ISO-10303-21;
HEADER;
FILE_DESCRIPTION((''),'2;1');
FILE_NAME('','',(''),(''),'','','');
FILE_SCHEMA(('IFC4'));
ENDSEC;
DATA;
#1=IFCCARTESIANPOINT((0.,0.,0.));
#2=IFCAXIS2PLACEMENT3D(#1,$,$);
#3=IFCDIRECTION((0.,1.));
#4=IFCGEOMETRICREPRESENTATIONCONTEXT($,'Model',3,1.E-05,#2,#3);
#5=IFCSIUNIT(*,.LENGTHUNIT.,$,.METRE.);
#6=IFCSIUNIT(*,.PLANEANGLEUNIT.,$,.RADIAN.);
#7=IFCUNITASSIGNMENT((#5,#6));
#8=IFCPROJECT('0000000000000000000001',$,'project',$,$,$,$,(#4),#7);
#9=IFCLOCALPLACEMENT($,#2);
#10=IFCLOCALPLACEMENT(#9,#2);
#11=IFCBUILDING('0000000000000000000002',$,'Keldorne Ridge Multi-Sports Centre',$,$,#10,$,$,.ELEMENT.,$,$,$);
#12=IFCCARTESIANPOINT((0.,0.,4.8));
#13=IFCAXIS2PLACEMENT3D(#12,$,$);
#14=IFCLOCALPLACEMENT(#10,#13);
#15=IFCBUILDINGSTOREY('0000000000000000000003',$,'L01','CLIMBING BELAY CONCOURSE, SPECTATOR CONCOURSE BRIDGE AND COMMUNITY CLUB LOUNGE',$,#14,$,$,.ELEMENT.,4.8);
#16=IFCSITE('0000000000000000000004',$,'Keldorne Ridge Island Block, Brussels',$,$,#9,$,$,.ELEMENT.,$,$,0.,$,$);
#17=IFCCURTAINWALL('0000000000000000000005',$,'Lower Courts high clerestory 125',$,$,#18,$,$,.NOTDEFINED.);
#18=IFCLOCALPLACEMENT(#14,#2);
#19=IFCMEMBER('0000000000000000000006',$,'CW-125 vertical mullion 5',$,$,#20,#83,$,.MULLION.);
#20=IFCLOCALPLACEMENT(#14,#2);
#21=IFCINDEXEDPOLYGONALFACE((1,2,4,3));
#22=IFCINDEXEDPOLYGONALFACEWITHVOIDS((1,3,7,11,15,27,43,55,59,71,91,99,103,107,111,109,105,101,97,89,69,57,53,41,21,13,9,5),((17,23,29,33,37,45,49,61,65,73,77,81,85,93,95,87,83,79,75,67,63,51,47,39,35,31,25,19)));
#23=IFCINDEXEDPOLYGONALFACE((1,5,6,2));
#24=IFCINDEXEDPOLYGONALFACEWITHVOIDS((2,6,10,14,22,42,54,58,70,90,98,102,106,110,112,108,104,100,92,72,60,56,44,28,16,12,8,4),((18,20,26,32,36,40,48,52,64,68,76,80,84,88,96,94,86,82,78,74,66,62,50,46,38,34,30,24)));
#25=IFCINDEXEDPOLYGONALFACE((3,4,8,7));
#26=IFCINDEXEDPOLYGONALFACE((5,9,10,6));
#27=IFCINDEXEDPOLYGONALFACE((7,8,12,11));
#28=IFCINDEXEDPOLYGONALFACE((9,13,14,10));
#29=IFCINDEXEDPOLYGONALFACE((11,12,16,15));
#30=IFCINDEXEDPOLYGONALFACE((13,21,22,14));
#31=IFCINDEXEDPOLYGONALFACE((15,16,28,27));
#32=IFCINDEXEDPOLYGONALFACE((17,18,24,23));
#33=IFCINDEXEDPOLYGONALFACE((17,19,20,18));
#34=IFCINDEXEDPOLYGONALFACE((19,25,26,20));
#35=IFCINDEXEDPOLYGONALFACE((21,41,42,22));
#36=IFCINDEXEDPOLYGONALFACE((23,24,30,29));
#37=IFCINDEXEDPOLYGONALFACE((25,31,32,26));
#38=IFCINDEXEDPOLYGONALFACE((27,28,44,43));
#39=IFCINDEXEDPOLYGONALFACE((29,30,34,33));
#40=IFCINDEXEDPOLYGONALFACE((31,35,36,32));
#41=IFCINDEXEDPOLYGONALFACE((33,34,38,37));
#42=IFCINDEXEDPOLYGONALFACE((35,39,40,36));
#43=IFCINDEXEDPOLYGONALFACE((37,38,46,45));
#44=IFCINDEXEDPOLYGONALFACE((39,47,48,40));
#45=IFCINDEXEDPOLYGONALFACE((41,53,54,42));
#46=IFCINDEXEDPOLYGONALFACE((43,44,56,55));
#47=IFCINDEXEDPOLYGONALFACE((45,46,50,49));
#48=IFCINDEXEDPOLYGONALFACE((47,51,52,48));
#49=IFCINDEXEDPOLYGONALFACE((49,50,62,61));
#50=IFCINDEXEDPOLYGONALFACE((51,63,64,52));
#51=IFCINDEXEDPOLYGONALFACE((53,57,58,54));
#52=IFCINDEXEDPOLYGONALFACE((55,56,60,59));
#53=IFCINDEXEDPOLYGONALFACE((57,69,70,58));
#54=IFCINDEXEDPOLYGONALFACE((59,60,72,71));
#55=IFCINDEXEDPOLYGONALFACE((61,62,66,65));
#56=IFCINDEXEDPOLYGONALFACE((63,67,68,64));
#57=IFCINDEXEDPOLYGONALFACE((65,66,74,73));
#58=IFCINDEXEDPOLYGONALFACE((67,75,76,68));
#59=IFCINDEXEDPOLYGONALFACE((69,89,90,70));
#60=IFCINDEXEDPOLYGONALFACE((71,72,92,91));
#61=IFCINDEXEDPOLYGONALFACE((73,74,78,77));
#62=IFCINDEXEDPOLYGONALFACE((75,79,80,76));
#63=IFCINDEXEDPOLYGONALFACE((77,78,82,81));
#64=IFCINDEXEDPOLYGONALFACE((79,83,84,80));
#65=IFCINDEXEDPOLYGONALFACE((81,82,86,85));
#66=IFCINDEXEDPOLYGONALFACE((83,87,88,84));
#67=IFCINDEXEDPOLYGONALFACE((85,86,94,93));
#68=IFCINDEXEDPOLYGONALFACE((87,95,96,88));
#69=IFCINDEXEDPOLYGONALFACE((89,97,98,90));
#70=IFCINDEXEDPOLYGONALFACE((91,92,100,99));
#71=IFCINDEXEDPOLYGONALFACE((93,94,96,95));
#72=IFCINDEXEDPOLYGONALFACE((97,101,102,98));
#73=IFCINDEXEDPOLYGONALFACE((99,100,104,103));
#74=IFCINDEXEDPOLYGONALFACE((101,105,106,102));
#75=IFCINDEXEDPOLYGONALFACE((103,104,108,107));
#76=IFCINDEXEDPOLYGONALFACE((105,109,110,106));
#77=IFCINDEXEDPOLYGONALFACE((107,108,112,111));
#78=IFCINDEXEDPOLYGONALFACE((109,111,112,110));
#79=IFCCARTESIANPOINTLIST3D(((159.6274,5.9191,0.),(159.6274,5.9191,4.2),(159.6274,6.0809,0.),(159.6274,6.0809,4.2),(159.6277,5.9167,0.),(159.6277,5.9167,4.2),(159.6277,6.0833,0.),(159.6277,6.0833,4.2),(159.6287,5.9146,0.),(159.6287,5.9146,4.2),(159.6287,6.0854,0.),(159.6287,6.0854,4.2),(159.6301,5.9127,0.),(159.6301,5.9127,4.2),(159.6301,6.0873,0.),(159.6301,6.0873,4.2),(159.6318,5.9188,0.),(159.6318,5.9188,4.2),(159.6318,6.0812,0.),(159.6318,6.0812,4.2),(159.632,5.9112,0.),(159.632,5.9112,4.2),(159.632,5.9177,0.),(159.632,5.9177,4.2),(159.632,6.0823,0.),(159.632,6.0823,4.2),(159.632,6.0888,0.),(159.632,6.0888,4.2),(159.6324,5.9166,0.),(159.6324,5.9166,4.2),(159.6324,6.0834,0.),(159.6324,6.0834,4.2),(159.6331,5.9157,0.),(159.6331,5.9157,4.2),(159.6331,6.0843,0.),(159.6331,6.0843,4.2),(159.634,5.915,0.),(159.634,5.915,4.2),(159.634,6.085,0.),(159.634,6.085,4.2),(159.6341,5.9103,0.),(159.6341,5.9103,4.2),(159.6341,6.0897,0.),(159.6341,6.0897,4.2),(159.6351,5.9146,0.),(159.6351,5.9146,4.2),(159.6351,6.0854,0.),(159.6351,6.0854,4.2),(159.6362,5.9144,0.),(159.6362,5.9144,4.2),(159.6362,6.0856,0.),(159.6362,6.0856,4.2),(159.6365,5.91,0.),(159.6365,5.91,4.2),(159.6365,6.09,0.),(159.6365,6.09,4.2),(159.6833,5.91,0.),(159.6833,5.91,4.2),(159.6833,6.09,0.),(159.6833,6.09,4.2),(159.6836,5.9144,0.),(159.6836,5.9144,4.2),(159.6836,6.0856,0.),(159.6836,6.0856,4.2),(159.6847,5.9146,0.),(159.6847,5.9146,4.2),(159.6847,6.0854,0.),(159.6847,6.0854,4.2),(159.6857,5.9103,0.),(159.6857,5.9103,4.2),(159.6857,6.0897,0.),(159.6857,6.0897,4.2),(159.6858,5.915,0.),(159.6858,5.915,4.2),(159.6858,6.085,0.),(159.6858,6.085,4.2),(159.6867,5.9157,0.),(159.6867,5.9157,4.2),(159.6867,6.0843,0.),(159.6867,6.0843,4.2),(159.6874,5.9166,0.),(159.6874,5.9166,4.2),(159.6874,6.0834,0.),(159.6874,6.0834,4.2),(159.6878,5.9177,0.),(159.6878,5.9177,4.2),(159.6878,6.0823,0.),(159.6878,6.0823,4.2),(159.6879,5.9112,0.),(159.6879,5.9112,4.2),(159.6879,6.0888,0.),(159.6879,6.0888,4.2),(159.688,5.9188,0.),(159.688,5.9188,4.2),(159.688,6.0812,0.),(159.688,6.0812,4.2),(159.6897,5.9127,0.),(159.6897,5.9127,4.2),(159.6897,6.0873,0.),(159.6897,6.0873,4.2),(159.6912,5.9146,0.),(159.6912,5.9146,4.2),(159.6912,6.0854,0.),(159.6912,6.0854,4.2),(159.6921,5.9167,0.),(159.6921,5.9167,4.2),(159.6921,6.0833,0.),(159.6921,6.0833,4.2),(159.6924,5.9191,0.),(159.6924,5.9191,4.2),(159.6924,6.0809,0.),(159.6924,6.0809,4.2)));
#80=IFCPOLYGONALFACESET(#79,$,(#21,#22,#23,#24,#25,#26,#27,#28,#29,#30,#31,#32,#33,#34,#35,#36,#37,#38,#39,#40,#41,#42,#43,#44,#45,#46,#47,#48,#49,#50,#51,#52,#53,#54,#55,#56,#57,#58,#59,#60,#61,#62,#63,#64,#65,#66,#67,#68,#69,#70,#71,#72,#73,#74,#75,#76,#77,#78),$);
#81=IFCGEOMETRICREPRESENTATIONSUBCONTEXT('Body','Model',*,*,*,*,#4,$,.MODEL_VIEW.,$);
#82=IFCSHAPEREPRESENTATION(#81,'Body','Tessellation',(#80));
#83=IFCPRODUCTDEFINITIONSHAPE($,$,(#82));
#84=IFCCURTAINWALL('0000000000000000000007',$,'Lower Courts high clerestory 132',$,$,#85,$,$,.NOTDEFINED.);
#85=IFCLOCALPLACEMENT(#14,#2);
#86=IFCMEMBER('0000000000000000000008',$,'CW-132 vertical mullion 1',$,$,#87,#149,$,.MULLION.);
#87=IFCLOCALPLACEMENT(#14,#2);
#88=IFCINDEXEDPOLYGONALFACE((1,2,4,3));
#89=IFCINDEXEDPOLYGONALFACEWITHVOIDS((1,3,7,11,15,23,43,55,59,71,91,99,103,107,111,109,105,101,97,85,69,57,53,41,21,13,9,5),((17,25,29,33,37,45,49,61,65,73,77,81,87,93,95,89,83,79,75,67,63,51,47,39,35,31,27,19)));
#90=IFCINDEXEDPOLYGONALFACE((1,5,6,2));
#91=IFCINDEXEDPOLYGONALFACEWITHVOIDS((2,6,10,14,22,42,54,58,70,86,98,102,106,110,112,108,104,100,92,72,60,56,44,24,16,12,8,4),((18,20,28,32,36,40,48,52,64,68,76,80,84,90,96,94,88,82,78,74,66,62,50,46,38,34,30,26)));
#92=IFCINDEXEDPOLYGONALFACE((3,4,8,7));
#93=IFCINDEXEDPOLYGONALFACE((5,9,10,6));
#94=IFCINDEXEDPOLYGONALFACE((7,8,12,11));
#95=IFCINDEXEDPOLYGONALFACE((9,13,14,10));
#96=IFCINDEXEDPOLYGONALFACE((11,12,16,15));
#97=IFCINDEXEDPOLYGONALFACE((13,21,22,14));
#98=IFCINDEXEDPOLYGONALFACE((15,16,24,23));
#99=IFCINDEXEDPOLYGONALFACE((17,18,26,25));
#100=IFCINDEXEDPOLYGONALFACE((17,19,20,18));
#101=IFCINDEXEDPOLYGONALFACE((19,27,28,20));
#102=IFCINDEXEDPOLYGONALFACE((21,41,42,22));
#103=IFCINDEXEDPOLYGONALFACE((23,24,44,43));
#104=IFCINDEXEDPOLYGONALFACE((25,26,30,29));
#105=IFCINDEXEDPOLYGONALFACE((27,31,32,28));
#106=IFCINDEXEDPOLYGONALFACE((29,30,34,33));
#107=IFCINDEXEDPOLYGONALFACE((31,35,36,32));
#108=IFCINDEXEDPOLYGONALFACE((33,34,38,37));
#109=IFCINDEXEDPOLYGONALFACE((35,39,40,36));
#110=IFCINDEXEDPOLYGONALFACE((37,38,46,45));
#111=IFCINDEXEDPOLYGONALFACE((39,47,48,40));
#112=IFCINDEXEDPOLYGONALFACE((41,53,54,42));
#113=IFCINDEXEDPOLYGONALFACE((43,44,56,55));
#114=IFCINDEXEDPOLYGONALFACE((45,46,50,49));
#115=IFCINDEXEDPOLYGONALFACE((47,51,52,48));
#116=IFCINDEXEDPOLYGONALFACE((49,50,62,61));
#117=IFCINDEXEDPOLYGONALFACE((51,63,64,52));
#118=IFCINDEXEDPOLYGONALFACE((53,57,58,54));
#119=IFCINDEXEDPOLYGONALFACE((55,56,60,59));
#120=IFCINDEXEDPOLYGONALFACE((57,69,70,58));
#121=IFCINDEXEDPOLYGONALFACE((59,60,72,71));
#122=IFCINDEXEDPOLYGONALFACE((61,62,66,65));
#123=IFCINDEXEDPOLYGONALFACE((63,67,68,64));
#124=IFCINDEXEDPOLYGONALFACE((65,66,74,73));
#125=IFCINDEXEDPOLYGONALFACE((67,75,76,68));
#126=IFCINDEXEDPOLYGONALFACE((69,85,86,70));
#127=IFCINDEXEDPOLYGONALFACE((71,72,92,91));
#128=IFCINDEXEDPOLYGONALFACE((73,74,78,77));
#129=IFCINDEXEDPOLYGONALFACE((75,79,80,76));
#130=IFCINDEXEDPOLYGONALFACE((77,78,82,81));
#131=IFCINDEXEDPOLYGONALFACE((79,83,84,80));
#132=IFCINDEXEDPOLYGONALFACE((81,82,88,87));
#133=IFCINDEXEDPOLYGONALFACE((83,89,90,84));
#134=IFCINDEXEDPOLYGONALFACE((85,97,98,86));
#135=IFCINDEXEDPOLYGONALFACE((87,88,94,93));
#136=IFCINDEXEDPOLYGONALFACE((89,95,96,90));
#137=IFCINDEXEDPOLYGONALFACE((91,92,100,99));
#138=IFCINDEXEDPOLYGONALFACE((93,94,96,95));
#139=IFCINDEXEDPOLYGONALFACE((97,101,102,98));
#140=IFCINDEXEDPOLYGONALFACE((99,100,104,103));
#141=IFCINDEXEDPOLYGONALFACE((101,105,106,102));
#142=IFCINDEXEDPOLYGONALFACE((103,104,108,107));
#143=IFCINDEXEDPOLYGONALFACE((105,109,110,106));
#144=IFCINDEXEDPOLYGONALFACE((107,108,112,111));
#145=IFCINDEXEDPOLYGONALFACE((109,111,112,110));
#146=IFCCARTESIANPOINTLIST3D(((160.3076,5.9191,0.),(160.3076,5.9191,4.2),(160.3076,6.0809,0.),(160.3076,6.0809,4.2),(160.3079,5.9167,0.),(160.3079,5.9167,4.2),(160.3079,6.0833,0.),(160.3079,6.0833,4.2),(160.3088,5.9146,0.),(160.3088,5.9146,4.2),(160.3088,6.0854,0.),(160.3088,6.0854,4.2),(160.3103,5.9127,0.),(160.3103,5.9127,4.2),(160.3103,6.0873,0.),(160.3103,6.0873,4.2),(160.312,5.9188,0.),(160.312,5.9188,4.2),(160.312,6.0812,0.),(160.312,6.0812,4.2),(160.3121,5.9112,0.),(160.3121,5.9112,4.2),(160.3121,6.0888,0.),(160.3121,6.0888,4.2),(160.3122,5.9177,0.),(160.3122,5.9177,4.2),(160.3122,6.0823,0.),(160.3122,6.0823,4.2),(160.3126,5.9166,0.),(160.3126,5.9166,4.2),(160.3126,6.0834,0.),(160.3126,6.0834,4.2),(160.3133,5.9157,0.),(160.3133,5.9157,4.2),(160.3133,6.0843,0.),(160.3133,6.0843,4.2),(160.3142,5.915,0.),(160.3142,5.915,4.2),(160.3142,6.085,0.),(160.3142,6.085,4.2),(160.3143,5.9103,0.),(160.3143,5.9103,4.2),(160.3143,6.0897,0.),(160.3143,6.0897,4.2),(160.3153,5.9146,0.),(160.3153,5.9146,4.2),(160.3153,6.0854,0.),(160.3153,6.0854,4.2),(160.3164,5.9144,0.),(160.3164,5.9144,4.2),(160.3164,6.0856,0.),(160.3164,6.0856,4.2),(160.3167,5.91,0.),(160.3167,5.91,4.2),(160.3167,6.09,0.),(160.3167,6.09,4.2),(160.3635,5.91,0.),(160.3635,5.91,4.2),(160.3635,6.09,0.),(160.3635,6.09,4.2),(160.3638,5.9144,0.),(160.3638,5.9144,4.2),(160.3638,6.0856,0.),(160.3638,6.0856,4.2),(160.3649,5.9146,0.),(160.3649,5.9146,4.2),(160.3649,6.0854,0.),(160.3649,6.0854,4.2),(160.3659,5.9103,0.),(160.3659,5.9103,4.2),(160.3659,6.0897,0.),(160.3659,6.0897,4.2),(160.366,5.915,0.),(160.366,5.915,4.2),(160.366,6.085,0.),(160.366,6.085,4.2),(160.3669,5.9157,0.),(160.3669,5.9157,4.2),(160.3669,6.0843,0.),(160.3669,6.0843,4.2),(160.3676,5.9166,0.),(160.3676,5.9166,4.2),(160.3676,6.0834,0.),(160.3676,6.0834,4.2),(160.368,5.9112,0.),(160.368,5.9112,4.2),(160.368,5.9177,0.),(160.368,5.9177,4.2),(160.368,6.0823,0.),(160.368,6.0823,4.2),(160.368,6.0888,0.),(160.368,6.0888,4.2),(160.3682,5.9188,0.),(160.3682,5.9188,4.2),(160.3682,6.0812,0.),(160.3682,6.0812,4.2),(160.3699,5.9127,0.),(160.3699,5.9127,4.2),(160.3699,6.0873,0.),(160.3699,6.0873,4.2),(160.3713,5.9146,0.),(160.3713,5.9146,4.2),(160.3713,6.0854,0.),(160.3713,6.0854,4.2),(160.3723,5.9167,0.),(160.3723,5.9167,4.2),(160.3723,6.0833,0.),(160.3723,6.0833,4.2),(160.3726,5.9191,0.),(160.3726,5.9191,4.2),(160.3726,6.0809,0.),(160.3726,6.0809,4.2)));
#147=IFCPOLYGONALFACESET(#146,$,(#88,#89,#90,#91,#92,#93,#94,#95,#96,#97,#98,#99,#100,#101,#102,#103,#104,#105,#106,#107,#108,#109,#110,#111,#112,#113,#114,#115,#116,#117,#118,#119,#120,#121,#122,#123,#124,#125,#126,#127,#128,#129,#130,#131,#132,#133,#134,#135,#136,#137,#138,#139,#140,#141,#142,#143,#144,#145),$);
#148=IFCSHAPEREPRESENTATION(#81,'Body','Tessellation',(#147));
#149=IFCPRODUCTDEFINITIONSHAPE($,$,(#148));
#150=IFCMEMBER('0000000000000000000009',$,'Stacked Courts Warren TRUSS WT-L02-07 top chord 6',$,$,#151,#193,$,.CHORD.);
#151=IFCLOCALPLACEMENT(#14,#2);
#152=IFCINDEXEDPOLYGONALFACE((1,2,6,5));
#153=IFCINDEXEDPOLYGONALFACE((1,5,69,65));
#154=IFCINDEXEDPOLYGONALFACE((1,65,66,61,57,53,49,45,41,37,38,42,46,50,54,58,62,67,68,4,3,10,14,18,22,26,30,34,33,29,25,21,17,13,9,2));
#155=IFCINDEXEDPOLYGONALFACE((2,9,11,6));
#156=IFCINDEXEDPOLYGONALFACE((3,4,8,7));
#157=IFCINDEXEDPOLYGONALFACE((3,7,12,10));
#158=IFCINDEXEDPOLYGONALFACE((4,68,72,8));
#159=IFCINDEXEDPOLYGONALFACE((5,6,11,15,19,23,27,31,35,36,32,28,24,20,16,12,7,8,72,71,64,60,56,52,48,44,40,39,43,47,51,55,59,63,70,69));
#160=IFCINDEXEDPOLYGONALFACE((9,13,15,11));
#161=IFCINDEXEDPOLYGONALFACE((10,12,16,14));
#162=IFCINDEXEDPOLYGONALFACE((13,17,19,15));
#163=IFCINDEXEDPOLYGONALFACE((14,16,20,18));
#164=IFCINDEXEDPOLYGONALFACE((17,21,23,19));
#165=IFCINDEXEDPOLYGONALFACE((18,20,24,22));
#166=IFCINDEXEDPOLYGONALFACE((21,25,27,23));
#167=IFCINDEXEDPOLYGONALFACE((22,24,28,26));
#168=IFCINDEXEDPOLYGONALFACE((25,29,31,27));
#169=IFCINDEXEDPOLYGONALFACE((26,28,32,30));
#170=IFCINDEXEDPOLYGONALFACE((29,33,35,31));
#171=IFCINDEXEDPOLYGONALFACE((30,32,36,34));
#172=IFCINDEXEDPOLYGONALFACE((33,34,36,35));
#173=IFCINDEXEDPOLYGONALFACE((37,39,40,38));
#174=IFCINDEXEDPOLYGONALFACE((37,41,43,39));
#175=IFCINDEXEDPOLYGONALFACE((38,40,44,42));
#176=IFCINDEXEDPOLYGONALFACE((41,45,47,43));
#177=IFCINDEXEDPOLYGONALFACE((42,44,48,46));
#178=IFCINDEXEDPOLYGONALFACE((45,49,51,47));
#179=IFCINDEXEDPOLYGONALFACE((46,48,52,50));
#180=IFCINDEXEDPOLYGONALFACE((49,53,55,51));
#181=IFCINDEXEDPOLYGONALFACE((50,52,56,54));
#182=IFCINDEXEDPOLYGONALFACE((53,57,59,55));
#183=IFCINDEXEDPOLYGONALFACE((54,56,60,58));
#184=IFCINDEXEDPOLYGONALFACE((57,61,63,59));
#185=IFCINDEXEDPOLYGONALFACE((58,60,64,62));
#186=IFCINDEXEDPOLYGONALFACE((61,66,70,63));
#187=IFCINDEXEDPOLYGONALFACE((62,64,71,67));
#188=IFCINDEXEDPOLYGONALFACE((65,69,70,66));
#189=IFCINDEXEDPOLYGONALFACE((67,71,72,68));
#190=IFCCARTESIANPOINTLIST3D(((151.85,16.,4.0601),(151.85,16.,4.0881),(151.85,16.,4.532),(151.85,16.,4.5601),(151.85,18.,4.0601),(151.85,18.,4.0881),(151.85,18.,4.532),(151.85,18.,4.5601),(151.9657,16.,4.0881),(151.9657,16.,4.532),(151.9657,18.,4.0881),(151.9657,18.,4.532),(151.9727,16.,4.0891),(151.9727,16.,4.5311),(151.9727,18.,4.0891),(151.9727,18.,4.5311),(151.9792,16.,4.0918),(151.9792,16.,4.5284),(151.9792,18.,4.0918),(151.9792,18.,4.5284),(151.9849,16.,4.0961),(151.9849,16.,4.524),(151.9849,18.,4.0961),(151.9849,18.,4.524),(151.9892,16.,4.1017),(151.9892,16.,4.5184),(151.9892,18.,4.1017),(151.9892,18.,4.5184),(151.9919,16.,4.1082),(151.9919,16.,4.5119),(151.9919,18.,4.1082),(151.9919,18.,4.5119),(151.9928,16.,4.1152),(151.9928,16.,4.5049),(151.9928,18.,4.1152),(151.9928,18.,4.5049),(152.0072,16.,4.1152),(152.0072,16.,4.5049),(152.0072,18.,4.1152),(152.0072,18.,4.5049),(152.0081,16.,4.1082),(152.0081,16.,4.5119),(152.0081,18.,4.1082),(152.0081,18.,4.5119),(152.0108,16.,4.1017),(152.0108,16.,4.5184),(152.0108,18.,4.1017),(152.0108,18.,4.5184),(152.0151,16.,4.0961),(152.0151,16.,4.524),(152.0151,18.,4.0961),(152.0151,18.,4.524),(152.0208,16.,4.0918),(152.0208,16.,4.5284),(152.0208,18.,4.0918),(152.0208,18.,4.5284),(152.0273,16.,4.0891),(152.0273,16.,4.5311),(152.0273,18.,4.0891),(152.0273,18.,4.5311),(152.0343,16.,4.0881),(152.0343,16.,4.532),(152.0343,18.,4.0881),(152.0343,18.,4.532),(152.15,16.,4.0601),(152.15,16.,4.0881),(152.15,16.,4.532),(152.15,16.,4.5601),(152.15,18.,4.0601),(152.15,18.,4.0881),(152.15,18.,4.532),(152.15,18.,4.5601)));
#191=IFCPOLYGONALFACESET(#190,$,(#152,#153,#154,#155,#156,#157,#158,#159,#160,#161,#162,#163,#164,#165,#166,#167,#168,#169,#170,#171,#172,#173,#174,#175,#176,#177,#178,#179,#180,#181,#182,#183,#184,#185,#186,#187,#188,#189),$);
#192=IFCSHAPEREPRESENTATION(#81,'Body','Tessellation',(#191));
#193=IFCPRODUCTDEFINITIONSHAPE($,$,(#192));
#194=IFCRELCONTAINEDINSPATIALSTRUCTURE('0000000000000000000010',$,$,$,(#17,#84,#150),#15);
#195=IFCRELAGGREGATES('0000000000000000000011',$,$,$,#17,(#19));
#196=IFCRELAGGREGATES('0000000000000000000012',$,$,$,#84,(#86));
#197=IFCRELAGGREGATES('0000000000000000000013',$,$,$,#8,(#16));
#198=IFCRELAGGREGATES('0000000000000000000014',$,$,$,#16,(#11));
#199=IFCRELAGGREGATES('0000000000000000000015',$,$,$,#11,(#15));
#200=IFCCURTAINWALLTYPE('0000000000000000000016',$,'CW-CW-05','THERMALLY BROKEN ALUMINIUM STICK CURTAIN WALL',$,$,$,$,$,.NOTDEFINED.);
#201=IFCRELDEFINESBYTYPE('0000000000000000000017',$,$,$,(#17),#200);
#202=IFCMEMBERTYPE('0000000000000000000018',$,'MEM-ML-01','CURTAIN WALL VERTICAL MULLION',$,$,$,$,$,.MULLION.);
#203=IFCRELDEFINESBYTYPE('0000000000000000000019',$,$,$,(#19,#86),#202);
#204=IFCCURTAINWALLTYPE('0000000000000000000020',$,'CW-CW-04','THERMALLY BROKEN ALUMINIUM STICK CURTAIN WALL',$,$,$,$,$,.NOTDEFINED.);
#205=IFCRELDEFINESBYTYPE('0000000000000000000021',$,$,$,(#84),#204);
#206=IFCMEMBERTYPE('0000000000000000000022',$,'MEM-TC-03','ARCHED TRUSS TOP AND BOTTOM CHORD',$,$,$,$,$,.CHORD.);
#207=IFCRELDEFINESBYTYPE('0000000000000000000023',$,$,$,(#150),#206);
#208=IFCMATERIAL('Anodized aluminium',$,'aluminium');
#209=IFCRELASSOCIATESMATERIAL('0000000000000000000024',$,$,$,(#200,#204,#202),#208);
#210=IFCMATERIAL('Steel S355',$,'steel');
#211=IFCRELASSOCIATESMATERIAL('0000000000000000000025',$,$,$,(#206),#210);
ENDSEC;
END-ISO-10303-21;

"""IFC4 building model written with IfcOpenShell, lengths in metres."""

from ifc_helpers import new_model, si_unit, direction, frame, origin, origin_2d, place, context, subcontext, project, spatial, hollow_rectangle, i_section, extrude, material, material_profile, profile_set, type_object, element, aggregate, save


model = new_model("IFC4")

# Units and contexts
model_context = context("Model", 3, precision=1e-05, world=origin(), true_north=direction((0.0, 1.0)))
body_context = subcontext(model_context, "Body", "Model", "MODEL_VIEW")
ifc_project = project(units=[si_unit("LENGTHUNIT", "METRE"), si_unit("PLANEANGLEUNIT", "RADIAN")], contexts=[model_context])

# Site, building, storey
site_placement = place(None, origin())
site = spatial("IfcSite", under=ifc_project, at=site_placement, Name="Keldorne Ridge Island Block, Brussels", CompositionType="ELEMENT", RefElevation=0.0)
building_placement = place(site_placement, origin())
building = spatial("IfcBuilding", under=site, at=building_placement, Name="Keldorne Ridge Multi-Sports Centre", CompositionType="ELEMENT")
storey_placement = place(building_placement, frame((0.0, 0.0, 4.8)))
storey = spatial("IfcBuildingStorey", under=building, at=storey_placement, Name="L01", Description="CLIMBING BELAY CONCOURSE, SPECTATOR CONCOURSE BRIDGE AND COMMUNITY CLUB LOUNGE", CompositionType="ELEMENT", Elevation=4.8)

# Shared definitions
ifc_material_1 = material(Name="Steel S355", Category="steel")

# Curtain walls, members
ifc_material_2 = material(Name="Anodized aluminium", Category="aluminium")
curtain_wall_type_1 = type_object("IfcCurtainWallType", Name="CW-CW-05", Description="THERMALLY BROKEN ALUMINIUM STICK CURTAIN WALL", PredefinedType="NOTDEFINED", material=ifc_material_2)
curtain_wall_1_placement = place(storey_placement, origin())
curtain_wall_1 = element("IfcCurtainWall", 1, at=curtain_wall_1_placement, inside=storey, type_object=curtain_wall_type_1, Name="Lower Courts high clerestory 125", PredefinedType="NOTDEFINED")
ifc_material_profile_1 = material_profile(ifc_material_2, hollow_rectangle(XDim=0.0649, YDim=0.1799, WallThickness=0.0044, InnerFilletRadius=0.0044, OuterFilletRadius=0.009, at=origin_2d()), Name="ALU MULLION 180x65x4.5")
ifc_profile_set_1 = profile_set([ifc_material_profile_1], Name="Anodized aluminium")
member_type_1 = type_object("IfcMemberType", Name="MEM-ML-01", Description="CURTAIN WALL VERTICAL MULLION", PredefinedType="MULLION", material=ifc_profile_set_1)
member_1_placement = place(storey_placement, frame((159.6599, 6.0, 0.0), z_axis=(0.0, 0.0, 1.0), x_axis=(1.0, 0.0, 0.0)))
member_1 = element("IfcMember", 2, at=member_1_placement, type_object=member_type_1, Name="CW-125 vertical mullion 5", PredefinedType="MULLION", context=body_context, shape_type="SweptSolid", body=[
    extrude(hollow_rectangle(XDim=0.0649, YDim=0.1799, WallThickness=0.0044, InnerFilletRadius=0.0044, OuterFilletRadius=0.009, at=origin_2d()), origin(), (0.0, 0.0, 1.0), 4.2),
])
curtain_wall_type_2 = type_object("IfcCurtainWallType", Name="CW-CW-04", Description="THERMALLY BROKEN ALUMINIUM STICK CURTAIN WALL", PredefinedType="NOTDEFINED", material=ifc_material_2)
curtain_wall_2_placement = place(storey_placement, origin())
curtain_wall_2 = element("IfcCurtainWall", 3, at=curtain_wall_2_placement, inside=storey, type_object=curtain_wall_type_2, Name="Lower Courts high clerestory 132", PredefinedType="NOTDEFINED")
member_2_placement = place(storey_placement, frame((160.3401, 6.0, 0.0), z_axis=(0.0, 0.0, 1.0), x_axis=(1.0, 0.0, 0.0)))
member_2 = element("IfcMember", 4, at=member_2_placement, type_object=member_type_1, Name="CW-132 vertical mullion 1", PredefinedType="MULLION", context=body_context, shape_type="SweptSolid", body=[
    extrude(hollow_rectangle(XDim=0.0649, YDim=0.1799, WallThickness=0.0044, InnerFilletRadius=0.0044, OuterFilletRadius=0.009, at=origin_2d()), origin(), (0.0, 0.0, 1.0), 4.2),
])

# Member
ifc_material_profile_2 = material_profile(ifc_material_1, i_section(OverallWidth=0.3, OverallDepth=0.5, WebThickness=0.0144, FlangeThickness=0.0281, FilletRadius=0.0271, at=origin_2d()), Name="HEB 500")
ifc_profile_set_2 = profile_set([ifc_material_profile_2], Name="Steel S355")
member_type_2 = type_object("IfcMemberType", Name="MEM-TC-03", Description="ARCHED TRUSS TOP AND BOTTOM CHORD", PredefinedType="CHORD", material=ifc_profile_set_2)
for number, where, z_axis, x_axis, name in (
    (5, (152.0, 16.0, 4.3101), (0.0, 1.0, 0.0), (-1.0, 0.0, 0.0), "Stacked Courts Warren TRUSS WT-L02-07 top chord 6"),
):
    element("IfcMember", number, at=place(storey_placement, frame(where, z_axis=z_axis, x_axis=x_axis)), inside=storey, type_object=member_type_2, Name=name, PredefinedType="CHORD", context=body_context, shape_type="SweptSolid", body=[
        extrude(i_section(OverallWidth=0.3, OverallDepth=0.5, WebThickness=0.0144, FlangeThickness=0.0281, FilletRadius=0.0271, at=origin_2d()), origin(), (0.0, 0.0, 1.0), 2.0),
    ])

aggregate(curtain_wall_1, [member_1])
aggregate(curtain_wall_2, [member_2])

save(model, "model.ifc")
